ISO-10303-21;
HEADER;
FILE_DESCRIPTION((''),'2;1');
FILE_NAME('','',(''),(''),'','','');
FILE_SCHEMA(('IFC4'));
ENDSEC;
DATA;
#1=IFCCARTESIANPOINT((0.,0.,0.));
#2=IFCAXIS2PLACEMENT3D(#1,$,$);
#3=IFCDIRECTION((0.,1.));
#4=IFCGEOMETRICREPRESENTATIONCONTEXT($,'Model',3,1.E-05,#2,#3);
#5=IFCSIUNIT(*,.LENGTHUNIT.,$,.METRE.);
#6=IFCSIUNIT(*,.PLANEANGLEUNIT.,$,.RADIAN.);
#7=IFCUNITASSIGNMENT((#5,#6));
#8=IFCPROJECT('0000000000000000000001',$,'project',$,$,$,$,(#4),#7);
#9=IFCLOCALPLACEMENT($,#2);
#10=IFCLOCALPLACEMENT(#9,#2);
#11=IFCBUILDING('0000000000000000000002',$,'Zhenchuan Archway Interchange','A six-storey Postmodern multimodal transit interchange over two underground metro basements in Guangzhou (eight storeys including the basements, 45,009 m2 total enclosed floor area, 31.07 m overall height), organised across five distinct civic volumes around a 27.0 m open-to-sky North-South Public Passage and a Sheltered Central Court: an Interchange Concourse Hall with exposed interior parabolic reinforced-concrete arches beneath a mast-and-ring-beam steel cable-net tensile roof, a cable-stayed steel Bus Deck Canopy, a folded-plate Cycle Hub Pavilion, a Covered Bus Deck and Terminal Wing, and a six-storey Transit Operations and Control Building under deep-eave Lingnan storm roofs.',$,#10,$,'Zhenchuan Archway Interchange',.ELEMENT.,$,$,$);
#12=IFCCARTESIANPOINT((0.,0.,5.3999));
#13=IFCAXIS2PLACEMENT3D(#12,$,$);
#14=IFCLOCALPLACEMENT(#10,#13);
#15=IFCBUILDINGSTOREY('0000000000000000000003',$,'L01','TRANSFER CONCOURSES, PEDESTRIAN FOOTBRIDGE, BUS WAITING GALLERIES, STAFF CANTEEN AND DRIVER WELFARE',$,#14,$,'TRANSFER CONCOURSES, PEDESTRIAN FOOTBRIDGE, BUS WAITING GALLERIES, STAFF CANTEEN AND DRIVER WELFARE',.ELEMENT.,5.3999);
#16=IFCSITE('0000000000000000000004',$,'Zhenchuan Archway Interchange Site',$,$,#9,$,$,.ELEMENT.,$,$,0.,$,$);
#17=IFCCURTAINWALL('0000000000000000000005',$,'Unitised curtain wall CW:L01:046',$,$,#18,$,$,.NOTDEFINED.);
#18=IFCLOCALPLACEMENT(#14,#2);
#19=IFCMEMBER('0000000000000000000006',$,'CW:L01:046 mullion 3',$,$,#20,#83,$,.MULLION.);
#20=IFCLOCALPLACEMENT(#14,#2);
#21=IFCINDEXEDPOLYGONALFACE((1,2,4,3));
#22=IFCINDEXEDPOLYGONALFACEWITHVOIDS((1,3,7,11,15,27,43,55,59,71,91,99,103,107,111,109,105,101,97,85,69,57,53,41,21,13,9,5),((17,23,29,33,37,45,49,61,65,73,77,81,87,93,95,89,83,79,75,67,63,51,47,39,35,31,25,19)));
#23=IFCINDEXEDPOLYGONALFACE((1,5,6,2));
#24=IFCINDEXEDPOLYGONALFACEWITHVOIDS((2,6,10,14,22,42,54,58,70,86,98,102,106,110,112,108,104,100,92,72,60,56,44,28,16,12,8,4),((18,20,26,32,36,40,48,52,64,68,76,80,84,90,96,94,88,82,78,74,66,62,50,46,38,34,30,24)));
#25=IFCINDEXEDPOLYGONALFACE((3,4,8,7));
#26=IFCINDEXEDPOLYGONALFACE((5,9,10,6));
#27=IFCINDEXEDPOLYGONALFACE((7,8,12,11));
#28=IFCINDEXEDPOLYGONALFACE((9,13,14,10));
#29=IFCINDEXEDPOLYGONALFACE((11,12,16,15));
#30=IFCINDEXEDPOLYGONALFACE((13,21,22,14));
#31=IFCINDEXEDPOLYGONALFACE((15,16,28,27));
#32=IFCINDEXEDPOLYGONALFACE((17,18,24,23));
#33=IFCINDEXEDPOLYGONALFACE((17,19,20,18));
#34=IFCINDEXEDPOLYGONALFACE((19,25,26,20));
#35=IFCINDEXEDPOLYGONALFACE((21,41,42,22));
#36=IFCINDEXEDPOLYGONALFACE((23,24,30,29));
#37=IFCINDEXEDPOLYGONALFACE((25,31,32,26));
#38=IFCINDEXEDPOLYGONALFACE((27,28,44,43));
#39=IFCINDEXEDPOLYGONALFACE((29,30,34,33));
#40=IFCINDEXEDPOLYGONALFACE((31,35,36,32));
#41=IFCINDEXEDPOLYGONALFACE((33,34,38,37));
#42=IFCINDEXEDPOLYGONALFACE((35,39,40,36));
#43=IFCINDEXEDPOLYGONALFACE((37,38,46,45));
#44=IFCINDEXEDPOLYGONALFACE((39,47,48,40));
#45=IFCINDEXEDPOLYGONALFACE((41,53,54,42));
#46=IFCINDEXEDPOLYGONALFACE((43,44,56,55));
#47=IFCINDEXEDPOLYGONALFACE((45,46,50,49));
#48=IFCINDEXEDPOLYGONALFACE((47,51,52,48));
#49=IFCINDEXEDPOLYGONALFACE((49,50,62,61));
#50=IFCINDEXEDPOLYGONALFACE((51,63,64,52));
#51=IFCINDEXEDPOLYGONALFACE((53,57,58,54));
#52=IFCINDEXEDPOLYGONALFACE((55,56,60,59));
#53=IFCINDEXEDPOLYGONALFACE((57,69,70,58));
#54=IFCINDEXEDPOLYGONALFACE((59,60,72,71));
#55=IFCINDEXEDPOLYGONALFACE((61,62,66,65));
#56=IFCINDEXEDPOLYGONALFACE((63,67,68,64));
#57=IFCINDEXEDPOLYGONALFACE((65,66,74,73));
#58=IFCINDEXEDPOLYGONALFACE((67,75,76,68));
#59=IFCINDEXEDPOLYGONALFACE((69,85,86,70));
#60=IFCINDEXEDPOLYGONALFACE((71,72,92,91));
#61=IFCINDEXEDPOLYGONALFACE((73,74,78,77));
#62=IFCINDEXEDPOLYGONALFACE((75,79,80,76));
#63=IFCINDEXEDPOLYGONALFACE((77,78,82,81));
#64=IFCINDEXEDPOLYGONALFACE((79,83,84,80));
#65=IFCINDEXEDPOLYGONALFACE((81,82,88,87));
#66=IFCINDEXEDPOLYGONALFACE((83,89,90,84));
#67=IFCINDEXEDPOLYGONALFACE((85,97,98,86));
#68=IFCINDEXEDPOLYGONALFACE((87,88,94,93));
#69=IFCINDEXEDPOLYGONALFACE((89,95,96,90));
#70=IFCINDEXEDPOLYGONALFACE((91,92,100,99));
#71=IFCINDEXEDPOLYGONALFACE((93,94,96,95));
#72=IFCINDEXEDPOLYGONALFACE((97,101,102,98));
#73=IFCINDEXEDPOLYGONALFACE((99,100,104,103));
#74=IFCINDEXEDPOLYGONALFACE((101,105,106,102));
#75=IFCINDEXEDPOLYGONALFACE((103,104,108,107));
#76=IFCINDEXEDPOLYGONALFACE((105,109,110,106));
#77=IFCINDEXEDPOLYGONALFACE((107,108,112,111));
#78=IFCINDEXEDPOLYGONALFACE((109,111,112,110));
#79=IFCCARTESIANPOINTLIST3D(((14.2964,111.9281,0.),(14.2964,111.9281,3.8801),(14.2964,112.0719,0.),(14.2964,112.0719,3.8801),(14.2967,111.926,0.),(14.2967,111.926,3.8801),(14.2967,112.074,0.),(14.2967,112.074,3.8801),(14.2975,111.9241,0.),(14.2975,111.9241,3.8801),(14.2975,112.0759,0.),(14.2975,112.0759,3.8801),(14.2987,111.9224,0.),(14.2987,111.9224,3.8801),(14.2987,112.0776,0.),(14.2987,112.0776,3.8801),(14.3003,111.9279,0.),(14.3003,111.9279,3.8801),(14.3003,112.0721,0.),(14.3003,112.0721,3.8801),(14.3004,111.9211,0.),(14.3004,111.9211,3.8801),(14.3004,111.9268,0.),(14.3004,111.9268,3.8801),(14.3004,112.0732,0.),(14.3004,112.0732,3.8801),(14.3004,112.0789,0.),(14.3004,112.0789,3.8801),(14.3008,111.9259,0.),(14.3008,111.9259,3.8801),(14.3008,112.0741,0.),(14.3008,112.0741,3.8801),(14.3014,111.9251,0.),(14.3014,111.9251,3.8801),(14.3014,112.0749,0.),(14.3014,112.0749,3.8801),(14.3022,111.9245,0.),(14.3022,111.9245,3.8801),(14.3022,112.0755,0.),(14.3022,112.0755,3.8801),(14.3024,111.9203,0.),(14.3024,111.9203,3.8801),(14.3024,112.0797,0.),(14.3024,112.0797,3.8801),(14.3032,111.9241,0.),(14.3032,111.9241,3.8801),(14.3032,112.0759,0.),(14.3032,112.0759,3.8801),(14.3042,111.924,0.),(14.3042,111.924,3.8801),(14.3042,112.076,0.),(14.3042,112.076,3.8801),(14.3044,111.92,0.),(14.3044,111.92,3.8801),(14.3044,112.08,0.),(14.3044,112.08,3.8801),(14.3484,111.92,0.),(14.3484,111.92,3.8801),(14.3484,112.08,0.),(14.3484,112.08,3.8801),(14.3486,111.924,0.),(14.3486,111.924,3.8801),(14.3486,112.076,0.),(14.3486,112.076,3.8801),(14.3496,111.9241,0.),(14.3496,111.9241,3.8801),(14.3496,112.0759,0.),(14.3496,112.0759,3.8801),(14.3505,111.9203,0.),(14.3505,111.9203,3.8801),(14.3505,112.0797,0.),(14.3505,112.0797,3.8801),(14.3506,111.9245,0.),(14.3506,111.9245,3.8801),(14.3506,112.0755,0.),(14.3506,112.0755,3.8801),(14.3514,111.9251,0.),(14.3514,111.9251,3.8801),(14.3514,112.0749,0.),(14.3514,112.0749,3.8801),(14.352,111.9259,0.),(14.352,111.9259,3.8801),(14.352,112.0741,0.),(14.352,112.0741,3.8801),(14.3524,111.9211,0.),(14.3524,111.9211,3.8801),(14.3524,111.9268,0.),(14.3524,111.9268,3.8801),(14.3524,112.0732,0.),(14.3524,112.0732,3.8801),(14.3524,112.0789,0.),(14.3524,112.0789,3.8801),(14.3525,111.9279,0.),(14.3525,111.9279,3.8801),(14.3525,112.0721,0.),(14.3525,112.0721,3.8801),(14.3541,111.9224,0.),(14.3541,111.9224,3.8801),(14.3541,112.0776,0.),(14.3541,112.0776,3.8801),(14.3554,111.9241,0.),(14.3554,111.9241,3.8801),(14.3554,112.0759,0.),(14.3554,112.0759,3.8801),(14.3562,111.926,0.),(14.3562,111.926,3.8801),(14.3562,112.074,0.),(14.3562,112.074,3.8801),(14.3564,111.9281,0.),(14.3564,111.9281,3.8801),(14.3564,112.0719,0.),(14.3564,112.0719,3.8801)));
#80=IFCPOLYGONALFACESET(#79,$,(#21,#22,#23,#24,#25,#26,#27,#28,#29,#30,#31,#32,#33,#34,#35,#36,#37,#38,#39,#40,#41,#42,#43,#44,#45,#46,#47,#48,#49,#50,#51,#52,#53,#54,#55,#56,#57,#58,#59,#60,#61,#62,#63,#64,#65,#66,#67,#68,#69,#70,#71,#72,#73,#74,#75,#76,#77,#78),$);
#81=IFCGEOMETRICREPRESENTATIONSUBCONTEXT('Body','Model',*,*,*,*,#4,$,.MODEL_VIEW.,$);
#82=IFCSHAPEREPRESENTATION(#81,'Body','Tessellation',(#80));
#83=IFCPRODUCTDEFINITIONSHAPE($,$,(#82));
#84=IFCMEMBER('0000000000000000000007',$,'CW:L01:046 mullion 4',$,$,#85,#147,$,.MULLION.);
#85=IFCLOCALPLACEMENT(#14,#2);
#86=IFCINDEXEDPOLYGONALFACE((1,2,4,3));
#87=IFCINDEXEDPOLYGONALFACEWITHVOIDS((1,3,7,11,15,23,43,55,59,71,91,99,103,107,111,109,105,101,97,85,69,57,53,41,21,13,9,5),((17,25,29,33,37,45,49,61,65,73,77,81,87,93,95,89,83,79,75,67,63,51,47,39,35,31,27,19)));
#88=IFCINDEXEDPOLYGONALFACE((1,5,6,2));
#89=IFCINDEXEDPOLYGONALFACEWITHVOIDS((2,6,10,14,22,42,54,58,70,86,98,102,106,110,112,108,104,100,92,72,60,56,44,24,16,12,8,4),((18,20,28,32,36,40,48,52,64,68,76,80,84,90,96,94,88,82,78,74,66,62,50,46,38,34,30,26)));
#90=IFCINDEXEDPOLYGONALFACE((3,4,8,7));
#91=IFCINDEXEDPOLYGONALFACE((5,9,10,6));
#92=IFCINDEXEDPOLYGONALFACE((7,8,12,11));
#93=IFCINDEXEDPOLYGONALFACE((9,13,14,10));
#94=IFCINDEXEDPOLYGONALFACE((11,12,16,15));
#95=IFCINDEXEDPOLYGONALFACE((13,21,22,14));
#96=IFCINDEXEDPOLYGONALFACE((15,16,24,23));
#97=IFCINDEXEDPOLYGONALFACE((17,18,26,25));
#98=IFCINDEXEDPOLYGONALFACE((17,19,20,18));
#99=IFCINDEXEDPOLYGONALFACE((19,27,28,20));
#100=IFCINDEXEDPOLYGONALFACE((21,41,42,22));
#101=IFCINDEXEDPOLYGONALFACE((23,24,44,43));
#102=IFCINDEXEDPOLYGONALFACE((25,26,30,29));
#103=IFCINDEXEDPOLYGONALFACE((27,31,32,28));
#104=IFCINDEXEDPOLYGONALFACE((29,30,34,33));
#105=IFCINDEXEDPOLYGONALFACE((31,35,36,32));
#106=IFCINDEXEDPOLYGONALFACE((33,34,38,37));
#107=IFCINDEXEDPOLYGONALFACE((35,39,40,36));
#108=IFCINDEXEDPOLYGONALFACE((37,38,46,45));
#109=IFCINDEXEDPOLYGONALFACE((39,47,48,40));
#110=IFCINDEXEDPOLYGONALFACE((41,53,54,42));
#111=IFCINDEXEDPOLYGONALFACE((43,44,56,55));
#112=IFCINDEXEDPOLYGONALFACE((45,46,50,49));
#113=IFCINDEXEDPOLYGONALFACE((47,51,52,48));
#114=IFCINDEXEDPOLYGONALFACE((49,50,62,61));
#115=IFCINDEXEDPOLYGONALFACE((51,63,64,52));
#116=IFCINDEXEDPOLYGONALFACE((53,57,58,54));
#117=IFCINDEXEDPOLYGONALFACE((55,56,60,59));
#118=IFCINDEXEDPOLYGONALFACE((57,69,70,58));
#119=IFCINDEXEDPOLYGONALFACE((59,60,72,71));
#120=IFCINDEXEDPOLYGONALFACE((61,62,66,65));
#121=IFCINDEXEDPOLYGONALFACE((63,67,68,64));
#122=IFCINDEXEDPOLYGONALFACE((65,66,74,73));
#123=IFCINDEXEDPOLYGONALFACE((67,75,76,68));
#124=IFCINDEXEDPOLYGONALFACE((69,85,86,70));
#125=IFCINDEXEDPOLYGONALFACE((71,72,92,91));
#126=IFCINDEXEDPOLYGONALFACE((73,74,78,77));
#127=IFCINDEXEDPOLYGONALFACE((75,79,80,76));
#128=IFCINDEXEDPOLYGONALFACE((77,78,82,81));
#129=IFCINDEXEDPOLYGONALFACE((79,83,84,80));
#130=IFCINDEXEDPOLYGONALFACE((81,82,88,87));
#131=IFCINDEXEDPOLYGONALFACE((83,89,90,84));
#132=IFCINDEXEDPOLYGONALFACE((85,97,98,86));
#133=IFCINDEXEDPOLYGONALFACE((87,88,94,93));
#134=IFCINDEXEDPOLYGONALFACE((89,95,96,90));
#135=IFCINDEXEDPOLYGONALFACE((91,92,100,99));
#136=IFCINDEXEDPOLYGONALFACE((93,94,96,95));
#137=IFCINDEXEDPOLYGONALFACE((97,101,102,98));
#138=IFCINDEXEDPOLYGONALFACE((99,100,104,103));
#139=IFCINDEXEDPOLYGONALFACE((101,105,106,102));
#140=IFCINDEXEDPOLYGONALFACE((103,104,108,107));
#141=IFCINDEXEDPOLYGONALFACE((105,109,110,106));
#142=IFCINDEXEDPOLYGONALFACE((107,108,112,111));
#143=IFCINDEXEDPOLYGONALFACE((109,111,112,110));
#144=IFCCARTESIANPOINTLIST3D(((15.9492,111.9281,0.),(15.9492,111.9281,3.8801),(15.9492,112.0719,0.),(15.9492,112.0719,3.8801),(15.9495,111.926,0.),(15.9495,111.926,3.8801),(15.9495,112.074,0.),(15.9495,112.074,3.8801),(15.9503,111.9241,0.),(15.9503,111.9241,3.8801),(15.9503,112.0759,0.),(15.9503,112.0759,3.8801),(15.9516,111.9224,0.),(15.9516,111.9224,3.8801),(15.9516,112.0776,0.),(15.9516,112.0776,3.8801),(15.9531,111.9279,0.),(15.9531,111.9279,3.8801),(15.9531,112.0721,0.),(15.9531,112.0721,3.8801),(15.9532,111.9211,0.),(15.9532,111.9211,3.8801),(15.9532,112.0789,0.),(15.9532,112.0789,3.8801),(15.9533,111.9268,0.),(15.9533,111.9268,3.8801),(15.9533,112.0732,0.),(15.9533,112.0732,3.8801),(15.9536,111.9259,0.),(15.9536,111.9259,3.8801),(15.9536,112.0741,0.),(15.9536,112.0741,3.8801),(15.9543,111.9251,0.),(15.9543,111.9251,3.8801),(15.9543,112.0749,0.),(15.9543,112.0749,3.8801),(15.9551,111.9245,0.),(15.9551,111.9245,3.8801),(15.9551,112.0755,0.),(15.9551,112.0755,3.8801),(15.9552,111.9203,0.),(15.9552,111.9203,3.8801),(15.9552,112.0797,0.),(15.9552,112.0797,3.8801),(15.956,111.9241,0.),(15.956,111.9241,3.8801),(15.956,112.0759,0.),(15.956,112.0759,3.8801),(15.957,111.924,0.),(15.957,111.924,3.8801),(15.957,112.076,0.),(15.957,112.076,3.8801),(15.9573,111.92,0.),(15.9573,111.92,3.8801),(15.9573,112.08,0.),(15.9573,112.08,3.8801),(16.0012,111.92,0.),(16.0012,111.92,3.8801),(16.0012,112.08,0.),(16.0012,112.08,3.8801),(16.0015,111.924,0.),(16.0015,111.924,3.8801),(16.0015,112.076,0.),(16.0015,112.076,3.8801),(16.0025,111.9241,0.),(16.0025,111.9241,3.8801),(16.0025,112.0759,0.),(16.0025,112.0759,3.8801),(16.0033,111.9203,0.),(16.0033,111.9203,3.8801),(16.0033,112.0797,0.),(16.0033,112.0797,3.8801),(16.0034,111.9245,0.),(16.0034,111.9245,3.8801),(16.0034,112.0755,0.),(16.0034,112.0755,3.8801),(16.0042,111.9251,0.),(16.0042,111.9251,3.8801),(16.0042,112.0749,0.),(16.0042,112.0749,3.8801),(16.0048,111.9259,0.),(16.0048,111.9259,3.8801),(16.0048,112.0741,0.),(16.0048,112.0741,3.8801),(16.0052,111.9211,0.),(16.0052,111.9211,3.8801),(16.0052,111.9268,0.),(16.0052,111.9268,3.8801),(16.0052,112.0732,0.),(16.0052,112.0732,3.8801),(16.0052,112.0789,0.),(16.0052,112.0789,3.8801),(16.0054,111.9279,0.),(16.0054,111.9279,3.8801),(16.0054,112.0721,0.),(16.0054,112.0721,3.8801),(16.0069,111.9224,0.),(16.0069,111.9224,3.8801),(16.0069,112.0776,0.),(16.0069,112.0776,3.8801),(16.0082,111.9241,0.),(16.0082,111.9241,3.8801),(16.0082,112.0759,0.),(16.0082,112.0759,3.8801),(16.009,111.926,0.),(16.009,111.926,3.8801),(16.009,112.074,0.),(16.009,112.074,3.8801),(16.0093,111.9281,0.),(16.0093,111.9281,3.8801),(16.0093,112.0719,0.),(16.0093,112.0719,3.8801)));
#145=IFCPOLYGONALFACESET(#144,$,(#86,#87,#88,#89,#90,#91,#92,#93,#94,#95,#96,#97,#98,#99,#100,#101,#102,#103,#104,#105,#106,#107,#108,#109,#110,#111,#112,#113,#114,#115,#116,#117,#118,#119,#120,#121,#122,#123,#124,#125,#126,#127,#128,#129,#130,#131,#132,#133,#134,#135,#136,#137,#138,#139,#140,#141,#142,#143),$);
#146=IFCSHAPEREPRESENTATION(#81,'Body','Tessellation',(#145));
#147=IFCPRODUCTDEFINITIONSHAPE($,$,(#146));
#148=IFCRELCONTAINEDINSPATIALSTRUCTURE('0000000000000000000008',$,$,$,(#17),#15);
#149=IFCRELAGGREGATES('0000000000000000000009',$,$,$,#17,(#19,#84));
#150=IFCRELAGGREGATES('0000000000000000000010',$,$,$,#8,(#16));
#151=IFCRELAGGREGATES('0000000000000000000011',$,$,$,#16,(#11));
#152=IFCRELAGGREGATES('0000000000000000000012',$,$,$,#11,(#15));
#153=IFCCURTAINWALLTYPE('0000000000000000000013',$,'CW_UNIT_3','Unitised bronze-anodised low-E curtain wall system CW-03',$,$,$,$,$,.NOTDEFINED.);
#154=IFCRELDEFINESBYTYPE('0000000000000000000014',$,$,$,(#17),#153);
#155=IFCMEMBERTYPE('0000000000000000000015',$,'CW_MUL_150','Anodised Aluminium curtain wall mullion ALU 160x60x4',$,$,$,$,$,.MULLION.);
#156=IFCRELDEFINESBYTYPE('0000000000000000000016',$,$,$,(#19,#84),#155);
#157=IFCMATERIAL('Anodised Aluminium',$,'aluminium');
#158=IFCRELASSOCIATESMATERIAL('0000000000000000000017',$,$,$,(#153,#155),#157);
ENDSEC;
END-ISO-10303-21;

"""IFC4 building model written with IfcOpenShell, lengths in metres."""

from ifc_helpers import new_model, si_unit, direction, frame, origin, origin_2d, place, context, subcontext, project, spatial, hollow_rectangle, extrude, material, material_profile, profile_set, type_object, element, aggregate, save


model = new_model("IFC4")

# Units and contexts
model_context = context("Model", 3, precision=1e-05, world=origin(), true_north=direction((0.0, 1.0)))
body_context = subcontext(model_context, "Body", "Model", "MODEL_VIEW")
ifc_project = project(units=[si_unit("LENGTHUNIT", "METRE"), si_unit("PLANEANGLEUNIT", "RADIAN")], contexts=[model_context])

# Site, building, storey
site_placement = place(None, origin())
site = spatial("IfcSite", under=ifc_project, at=site_placement, Name="Zhenchuan Archway Interchange Site", CompositionType="ELEMENT", RefElevation=0.0)
building_placement = place(site_placement, origin())
building = spatial("IfcBuilding", under=site, at=building_placement, Name="Zhenchuan Archway Interchange", Description="A six-storey Postmodern multimodal transit interchange over two underground metro basements in Guangzhou (eight storeys including the basements, 45,009 m2 total enclosed floor area, 31.07 m overall height), organised across five distinct civic volumes around a 27.0 m open-to-sky North-South Public Passage and a Sheltered Central Court: an Interchange Concourse Hall with exposed interior parabolic reinforced-concrete arches beneath a mast-and-ring-beam steel cable-net tensile roof, a cable-stayed steel Bus Deck Canopy, a folded-plate Cycle Hub Pavilion, a Covered Bus Deck and Terminal Wing, and a six-storey Transit Operations and Control Building under deep-eave Lingnan storm roofs.", LongName="Zhenchuan Archway Interchange", CompositionType="ELEMENT")
storey_placement = place(building_placement, frame((0.0, 0.0, 5.3999)))
storey = spatial("IfcBuildingStorey", under=building, at=storey_placement, Name="L01", Description="TRANSFER CONCOURSES, PEDESTRIAN FOOTBRIDGE, BUS WAITING GALLERIES, STAFF CANTEEN AND DRIVER WELFARE", LongName="TRANSFER CONCOURSES, PEDESTRIAN FOOTBRIDGE, BUS WAITING GALLERIES, STAFF CANTEEN AND DRIVER WELFARE", CompositionType="ELEMENT", Elevation=5.3999)

# Curtain wall, members
ifc_material_1 = material(Name="Anodised Aluminium", Category="aluminium")
curtain_wall_type = type_object("IfcCurtainWallType", Name="CW_UNIT_3", Description="Unitised bronze-anodised low-E curtain wall system CW-03", PredefinedType="NOTDEFINED", material=ifc_material_1)
curtain_wall_placement = place(storey_placement, origin())
curtain_wall = element("IfcCurtainWall", 1, at=curtain_wall_placement, inside=storey, type_object=curtain_wall_type, Name="Unitised curtain wall CW:L01:046", PredefinedType="NOTDEFINED")
ifc_material_profile_1 = material_profile(ifc_material_1, hollow_rectangle(XDim=0.0601, YDim=0.1599, WallThickness=0.0039, InnerFilletRadius=0.0039, OuterFilletRadius=0.0081, at=origin_2d()), Name="ALU 160x60x4")
ifc_profile_set_1 = profile_set([ifc_material_profile_1], Name="Anodised Aluminium")
member_type_1 = type_object("IfcMemberType", Name="CW_MUL_150", Description="Anodised Aluminium curtain wall mullion ALU 160x60x4", PredefinedType="MULLION", material=ifc_profile_set_1)
member_1_placement = place(storey_placement, frame((14.3264, 112.0, 0.0), z_axis=(0.0, 0.0, 1.0), x_axis=(1.0, 0.0, 0.0)))
member_1 = element("IfcMember", 2, at=member_1_placement, type_object=member_type_1, Name="CW:L01:046 mullion 3", PredefinedType="MULLION", context=body_context, shape_type="SweptSolid", body=[
    extrude(hollow_rectangle(XDim=0.0601, YDim=0.1599, WallThickness=0.0039, InnerFilletRadius=0.0039, OuterFilletRadius=0.0081, at=origin_2d()), origin(), (0.0, 0.0, 1.0), 3.8801),
])
member_2_placement = place(storey_placement, frame((15.9792, 112.0, 0.0), z_axis=(0.0, 0.0, 1.0), x_axis=(1.0, 0.0, 0.0)))
member_2 = element("IfcMember", 3, at=member_2_placement, type_object=member_type_1, Name="CW:L01:046 mullion 4", PredefinedType="MULLION", context=body_context, shape_type="SweptSolid", body=[
    extrude(hollow_rectangle(XDim=0.0601, YDim=0.1599, WallThickness=0.0039, InnerFilletRadius=0.0039, OuterFilletRadius=0.0081, at=origin_2d()), origin(), (0.0, 0.0, 1.0), 3.8801),
])
aggregate(curtain_wall, [member_1, member_2])

save(model, "model.ifc")
